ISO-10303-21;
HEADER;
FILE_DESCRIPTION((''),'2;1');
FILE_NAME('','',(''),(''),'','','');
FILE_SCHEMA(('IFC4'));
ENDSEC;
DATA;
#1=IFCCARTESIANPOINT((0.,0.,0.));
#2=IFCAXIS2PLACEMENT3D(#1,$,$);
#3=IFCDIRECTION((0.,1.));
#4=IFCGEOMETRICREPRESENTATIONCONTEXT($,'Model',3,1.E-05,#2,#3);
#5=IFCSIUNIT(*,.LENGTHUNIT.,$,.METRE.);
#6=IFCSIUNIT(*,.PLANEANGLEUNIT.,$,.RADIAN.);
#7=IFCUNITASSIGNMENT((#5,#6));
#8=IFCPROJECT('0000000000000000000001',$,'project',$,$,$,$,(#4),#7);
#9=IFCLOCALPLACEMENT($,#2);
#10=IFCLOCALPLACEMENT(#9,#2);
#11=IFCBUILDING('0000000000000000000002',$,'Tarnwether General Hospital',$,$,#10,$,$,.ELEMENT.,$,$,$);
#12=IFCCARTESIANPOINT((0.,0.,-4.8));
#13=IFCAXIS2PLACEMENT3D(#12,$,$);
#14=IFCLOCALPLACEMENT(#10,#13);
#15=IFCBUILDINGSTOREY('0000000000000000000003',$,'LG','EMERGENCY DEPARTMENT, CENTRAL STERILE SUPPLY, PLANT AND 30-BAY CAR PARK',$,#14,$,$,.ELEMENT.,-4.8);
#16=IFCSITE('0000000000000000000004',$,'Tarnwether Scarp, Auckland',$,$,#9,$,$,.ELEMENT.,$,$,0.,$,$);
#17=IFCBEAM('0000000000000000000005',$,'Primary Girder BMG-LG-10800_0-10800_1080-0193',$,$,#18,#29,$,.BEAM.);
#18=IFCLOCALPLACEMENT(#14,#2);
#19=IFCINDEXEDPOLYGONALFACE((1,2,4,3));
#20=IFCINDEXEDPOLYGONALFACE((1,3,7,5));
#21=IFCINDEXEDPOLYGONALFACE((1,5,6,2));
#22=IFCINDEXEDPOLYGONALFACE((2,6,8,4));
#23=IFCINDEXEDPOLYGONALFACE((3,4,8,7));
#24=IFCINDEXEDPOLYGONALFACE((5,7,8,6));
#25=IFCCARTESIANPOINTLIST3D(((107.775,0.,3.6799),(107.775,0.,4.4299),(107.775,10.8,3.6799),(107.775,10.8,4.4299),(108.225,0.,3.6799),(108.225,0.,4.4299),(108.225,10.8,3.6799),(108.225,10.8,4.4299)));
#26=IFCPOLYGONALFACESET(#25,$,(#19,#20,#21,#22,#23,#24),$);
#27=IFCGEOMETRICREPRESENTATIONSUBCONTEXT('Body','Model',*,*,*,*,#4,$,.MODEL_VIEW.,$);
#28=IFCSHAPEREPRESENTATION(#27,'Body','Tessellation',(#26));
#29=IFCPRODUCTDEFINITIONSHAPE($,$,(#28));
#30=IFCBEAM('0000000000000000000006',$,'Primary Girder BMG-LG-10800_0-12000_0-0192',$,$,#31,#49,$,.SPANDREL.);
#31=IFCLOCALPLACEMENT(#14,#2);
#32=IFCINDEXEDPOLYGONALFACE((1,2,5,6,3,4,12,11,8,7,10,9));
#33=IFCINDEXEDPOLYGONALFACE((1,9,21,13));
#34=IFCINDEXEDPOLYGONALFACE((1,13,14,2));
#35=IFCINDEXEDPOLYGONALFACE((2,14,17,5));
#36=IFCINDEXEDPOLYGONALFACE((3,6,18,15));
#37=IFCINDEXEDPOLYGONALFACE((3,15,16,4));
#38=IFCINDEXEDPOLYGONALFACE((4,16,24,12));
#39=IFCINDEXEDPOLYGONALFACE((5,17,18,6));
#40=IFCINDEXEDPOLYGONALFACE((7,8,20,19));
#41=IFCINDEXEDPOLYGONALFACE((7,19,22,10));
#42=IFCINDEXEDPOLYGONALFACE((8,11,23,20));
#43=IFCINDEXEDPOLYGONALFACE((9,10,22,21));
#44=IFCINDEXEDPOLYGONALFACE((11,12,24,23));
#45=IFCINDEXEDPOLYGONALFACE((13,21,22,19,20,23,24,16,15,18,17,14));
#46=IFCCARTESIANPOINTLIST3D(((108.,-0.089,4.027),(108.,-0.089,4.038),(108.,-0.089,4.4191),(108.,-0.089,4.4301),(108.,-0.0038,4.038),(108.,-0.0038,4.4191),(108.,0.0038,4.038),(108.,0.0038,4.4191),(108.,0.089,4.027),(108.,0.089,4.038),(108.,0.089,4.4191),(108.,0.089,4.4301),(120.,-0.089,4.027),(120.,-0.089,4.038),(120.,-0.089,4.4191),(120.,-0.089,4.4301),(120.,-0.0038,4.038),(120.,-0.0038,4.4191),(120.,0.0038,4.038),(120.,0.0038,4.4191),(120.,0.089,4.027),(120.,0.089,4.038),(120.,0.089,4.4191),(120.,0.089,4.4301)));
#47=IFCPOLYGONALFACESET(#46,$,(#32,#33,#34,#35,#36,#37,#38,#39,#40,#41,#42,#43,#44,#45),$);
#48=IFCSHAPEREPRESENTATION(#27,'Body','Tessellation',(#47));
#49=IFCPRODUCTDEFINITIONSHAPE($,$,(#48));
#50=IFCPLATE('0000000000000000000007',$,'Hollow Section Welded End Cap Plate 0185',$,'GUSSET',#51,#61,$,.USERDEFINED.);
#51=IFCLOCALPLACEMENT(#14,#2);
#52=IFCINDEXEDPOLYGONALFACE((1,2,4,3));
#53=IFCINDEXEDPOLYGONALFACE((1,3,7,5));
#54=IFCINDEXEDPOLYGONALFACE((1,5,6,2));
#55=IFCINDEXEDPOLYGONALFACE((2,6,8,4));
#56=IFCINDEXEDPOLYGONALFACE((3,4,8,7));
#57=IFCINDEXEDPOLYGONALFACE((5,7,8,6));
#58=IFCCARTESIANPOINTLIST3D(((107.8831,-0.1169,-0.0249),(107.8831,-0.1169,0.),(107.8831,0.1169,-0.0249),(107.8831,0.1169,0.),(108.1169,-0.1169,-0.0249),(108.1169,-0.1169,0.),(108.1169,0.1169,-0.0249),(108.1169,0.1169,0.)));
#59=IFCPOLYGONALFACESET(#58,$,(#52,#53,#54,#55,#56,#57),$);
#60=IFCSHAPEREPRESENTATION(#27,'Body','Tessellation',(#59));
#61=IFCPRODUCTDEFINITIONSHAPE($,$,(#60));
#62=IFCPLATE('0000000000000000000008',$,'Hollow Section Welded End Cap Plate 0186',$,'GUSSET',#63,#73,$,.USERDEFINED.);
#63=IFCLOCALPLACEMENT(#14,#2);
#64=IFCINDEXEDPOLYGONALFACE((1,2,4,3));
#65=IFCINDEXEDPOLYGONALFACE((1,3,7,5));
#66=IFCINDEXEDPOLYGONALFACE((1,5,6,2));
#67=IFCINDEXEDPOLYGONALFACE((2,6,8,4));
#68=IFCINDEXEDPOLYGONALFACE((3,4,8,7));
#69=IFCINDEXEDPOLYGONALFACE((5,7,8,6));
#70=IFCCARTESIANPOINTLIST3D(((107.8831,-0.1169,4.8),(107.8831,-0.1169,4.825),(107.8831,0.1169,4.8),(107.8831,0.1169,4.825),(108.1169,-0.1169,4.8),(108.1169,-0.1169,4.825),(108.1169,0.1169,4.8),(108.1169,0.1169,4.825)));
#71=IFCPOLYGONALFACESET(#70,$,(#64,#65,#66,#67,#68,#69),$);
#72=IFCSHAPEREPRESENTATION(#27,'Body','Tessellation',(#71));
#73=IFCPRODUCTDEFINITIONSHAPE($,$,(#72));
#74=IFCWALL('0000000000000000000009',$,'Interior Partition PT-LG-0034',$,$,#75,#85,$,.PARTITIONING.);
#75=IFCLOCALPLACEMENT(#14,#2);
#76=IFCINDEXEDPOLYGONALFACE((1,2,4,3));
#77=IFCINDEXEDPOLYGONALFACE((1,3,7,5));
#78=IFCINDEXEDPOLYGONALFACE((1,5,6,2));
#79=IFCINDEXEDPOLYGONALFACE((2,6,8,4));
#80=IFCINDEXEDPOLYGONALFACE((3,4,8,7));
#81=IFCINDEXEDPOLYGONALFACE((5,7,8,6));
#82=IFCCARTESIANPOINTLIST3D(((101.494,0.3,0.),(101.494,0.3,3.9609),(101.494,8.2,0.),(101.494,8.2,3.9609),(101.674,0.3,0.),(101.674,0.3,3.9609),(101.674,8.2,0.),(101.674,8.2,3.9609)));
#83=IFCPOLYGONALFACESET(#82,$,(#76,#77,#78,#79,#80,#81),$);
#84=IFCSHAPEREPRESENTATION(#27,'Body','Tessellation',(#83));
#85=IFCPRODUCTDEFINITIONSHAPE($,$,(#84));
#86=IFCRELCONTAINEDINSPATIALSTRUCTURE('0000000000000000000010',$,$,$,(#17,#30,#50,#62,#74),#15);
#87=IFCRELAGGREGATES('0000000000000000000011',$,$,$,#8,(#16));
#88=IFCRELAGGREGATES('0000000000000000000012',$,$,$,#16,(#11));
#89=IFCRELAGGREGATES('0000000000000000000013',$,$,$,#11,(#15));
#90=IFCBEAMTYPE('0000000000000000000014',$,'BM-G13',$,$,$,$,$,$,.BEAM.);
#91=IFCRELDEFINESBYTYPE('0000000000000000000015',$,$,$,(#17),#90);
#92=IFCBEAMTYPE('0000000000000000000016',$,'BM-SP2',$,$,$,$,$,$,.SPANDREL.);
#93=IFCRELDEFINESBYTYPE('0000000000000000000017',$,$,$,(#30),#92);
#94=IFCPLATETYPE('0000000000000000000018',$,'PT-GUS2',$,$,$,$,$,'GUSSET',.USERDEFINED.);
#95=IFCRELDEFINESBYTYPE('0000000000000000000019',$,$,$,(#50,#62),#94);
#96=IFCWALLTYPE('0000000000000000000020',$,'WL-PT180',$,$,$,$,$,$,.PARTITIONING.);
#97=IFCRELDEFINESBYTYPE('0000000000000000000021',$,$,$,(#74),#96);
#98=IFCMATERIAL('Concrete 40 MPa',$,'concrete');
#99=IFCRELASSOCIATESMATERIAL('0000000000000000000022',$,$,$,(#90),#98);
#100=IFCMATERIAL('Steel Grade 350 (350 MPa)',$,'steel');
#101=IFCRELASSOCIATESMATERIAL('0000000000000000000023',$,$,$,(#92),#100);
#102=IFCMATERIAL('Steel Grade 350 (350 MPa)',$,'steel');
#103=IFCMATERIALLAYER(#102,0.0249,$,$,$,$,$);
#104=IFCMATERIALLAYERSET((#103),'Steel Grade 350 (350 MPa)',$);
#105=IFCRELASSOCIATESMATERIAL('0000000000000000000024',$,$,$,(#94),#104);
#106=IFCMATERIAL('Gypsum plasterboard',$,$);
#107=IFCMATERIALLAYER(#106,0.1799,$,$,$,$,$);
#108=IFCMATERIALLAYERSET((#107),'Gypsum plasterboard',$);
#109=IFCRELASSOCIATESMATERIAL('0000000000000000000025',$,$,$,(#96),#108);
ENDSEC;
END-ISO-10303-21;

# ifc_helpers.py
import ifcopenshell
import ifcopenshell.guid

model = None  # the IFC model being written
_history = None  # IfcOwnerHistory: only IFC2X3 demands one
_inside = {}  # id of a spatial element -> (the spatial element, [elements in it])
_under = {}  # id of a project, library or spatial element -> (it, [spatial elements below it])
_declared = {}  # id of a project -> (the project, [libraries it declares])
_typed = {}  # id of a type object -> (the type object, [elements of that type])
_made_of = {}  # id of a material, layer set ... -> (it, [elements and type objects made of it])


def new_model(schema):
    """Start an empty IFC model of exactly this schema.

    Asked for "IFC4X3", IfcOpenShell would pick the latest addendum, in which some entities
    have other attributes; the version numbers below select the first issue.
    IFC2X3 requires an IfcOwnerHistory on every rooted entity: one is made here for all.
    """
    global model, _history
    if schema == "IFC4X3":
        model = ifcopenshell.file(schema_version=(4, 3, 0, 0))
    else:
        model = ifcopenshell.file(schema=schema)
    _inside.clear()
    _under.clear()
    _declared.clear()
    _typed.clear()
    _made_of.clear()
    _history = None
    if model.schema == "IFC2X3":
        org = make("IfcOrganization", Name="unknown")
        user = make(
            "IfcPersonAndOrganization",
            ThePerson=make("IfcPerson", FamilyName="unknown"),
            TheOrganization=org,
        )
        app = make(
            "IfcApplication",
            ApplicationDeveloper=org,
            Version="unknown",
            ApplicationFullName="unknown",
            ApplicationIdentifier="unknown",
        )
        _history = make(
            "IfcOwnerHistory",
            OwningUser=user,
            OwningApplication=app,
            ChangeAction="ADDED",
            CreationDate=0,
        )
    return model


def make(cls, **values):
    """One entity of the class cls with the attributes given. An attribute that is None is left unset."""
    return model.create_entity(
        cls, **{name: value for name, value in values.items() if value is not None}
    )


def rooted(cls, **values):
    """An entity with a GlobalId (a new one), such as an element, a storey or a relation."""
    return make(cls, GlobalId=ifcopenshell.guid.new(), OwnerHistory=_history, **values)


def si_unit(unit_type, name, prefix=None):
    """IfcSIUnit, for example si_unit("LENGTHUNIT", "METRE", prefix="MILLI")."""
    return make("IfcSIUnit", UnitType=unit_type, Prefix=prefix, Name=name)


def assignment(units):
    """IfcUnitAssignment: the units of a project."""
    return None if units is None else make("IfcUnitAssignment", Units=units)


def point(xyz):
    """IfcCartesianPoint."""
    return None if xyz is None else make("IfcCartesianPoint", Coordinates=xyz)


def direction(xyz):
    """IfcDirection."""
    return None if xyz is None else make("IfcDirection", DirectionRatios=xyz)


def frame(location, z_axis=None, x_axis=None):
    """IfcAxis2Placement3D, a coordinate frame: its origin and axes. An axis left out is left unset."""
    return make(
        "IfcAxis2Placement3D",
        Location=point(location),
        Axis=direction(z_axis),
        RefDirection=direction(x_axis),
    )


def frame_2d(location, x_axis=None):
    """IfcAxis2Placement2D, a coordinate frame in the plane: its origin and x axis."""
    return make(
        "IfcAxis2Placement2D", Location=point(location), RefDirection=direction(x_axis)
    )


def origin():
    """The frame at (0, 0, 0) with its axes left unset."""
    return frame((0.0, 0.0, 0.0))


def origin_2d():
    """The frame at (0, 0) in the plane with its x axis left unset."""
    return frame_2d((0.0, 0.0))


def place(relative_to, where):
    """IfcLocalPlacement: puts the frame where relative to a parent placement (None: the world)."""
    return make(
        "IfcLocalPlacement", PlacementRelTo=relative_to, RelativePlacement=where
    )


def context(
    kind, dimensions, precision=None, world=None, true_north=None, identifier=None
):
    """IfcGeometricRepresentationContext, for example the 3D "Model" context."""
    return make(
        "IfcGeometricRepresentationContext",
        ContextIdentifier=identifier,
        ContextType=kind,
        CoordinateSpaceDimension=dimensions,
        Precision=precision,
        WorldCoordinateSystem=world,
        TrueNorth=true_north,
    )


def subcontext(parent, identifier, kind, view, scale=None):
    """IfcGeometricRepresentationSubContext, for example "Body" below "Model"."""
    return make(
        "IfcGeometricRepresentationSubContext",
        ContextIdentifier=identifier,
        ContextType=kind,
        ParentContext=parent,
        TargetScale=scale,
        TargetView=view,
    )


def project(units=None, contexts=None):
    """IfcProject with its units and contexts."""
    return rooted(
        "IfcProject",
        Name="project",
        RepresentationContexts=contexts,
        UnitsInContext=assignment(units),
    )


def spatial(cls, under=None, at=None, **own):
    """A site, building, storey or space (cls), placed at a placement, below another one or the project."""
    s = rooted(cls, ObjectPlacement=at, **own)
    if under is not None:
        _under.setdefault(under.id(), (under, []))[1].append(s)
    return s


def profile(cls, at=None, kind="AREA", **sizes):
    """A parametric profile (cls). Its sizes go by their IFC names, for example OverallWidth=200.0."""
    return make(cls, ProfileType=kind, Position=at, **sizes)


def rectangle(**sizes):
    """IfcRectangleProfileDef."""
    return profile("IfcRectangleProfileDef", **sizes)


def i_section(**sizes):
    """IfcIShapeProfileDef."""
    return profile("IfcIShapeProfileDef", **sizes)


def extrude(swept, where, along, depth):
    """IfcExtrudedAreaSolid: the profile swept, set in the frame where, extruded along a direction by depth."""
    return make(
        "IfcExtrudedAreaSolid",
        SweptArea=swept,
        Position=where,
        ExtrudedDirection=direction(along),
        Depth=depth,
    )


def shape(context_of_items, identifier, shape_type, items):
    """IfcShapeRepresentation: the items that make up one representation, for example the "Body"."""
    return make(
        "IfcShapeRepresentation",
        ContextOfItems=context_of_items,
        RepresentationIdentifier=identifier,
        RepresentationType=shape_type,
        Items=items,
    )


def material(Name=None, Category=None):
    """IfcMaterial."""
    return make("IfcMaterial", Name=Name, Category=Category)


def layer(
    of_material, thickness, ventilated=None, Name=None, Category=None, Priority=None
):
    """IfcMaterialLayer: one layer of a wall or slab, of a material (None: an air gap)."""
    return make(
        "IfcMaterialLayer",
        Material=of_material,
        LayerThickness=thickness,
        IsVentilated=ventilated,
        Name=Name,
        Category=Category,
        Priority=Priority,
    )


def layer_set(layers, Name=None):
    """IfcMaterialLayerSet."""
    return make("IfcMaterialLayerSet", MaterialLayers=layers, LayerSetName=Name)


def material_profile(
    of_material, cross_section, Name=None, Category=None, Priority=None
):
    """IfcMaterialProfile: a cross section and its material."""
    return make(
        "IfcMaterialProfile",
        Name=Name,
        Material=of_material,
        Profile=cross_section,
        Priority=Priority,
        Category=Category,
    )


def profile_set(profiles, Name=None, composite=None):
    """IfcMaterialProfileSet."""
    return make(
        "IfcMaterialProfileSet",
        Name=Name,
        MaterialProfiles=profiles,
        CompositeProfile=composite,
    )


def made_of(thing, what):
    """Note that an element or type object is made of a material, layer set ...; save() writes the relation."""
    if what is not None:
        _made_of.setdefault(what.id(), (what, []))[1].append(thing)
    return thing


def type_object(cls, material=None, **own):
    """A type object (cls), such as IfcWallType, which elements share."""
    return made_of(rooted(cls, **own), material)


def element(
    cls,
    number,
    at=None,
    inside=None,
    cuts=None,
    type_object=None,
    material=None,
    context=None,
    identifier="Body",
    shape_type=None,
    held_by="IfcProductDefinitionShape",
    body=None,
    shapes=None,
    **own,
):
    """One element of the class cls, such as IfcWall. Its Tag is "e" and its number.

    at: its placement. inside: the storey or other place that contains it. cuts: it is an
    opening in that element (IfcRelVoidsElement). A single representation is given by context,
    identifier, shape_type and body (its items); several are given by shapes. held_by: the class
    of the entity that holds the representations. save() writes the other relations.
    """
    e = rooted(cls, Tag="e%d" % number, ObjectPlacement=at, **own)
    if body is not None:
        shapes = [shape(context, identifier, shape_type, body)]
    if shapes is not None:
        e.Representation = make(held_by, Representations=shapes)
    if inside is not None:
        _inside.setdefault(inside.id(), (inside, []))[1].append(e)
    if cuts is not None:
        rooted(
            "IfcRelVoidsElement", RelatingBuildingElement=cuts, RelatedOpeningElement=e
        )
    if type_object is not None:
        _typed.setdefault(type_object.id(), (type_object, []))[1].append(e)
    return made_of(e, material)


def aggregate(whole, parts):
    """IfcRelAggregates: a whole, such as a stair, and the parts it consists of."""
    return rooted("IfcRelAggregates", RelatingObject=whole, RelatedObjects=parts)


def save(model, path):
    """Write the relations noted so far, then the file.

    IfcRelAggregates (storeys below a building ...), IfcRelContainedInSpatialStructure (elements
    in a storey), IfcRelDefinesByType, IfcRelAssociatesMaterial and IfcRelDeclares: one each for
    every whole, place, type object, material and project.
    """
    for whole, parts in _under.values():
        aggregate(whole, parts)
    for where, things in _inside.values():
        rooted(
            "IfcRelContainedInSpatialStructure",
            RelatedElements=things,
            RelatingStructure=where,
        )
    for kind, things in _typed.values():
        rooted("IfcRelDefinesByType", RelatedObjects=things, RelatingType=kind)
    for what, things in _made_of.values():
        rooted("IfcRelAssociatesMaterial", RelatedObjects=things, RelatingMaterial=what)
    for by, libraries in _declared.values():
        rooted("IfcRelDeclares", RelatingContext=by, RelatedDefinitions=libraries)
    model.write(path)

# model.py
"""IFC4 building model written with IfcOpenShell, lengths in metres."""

from ifc_helpers import new_model, si_unit, direction, frame, frame_2d, origin, origin_2d, place, context, subcontext, project, spatial, rectangle, i_section, extrude, material, layer, layer_set, material_profile, profile_set, type_object, element, save


model = new_model("IFC4")

# Units and contexts
model_context = context("Model", 3, precision=1e-05, world=origin(), true_north=direction((0.0, 1.0)))
body_context = subcontext(model_context, "Body", "Model", "MODEL_VIEW")
ifc_project = project(units=[si_unit("LENGTHUNIT", "METRE"), si_unit("PLANEANGLEUNIT", "RADIAN")], contexts=[model_context])

# Site, building, storey
site_placement = place(None, origin())
site = spatial("IfcSite", under=ifc_project, at=site_placement, Name="Tarnwether Scarp, Auckland", CompositionType="ELEMENT", RefElevation=0.0)
building_placement = place(site_placement, origin())
building = spatial("IfcBuilding", under=site, at=building_placement, Name="Tarnwether General Hospital", CompositionType="ELEMENT")
storey_placement = place(building_placement, frame((0.0, 0.0, -4.8)))
storey = spatial("IfcBuildingStorey", under=building, at=storey_placement, Name="LG", Description="EMERGENCY DEPARTMENT, CENTRAL STERILE SUPPLY, PLANT AND 30-BAY CAR PARK", CompositionType="ELEMENT", Elevation=-4.8)

# Beams
ifc_material_1 = material(Name="Concrete 40 MPa", Category="concrete")
ifc_material_profile_1 = material_profile(ifc_material_1, rectangle(XDim=0.45, YDim=0.75, at=origin_2d()), Name="RC-BM-450x750")
ifc_profile_set_1 = profile_set([ifc_material_profile_1], Name="Concrete 40 MPa")
beam_type_1 = type_object("IfcBeamType", Name="BM-G13", PredefinedType="BEAM", material=ifc_profile_set_1)
beam_1_placement = place(storey_placement, frame((108.0, 0.0, 4.0549), z_axis=(0.0, 1.0, 0.0), x_axis=(-1.0, 0.0, 0.0)))
element("IfcBeam", 1, at=beam_1_placement, inside=storey, type_object=beam_type_1, Name="Primary Girder BMG-LG-10800_0-10800_1080-0193", PredefinedType="BEAM", context=body_context, shape_type="SweptSolid", body=[
    extrude(rectangle(XDim=0.45, YDim=0.75, at=origin_2d()), origin(), (0.0, 0.0, 1.0), 10.8),
])
ifc_material_2 = material(Name="Steel Grade 350 (350 MPa)", Category="steel")
ifc_material_profile_2 = material_profile(ifc_material_2, i_section(OverallWidth=0.178, OverallDepth=0.4031, WebThickness=0.0076, FlangeThickness=0.011, at=origin_2d()), Name="410UB53.7")
ifc_profile_set_2 = profile_set([ifc_material_profile_2], Name="Steel Grade 350 (350 MPa)")
beam_type_2 = type_object("IfcBeamType", Name="BM-SP2", PredefinedType="SPANDREL", material=ifc_profile_set_2)
beam_2_placement = place(storey_placement, frame((108.0, 0.0, 4.2285), z_axis=(1.0, 0.0, 0.0), x_axis=(0.0, 1.0, 0.0)))
element("IfcBeam", 2, at=beam_2_placement, inside=storey, type_object=beam_type_2, Name="Primary Girder BMG-LG-10800_0-12000_0-0192", PredefinedType="SPANDREL", context=body_context, shape_type="SweptSolid", body=[
    extrude(i_section(OverallWidth=0.178, OverallDepth=0.4031, WebThickness=0.0076, FlangeThickness=0.011, at=origin_2d()), origin(), (0.0, 0.0, 1.0), 12.0),
])

# Plates
ifc_material_3 = material(Name="Steel Grade 350 (350 MPa)", Category="steel")
ifc_layer_1 = layer(ifc_material_3, 0.0249)
ifc_layer_set_1 = layer_set([ifc_layer_1], Name="Steel Grade 350 (350 MPa)")
plate_type = type_object("IfcPlateType", Name="PT-GUS2", ElementType="GUSSET", PredefinedType="USERDEFINED", material=ifc_layer_set_1)
for number, where, z_axis, x_axis, name in (
    (3, (108.0, 0.0, -0.0249), (0.0, 0.0, 1.0), (1.0, 0.0, 0.0), "Hollow Section Welded End Cap Plate 0185"),
    (4, (108.0, 0.0, 4.8), (0.0, 0.0, 1.0), (1.0, 0.0, 0.0), "Hollow Section Welded End Cap Plate 0186"),
):
    element("IfcPlate", number, at=place(storey_placement, frame(where, z_axis=z_axis, x_axis=x_axis)), inside=storey, type_object=plate_type, Name=name, ObjectType="GUSSET", PredefinedType="USERDEFINED", context=body_context, shape_type="SweptSolid", body=[
        extrude(rectangle(XDim=0.2339, YDim=0.2339, at=origin_2d()), origin(), (0.0, 0.0, 1.0), 0.0249),
    ])

# Wall
ifc_material_4 = material(Name="Gypsum plasterboard")
ifc_layer_2 = layer(ifc_material_4, 0.1799)
ifc_layer_set_2 = layer_set([ifc_layer_2], Name="Gypsum plasterboard")
wall_type = type_object("IfcWallType", Name="WL-PT180", PredefinedType="PARTITIONING", material=ifc_layer_set_2)
wall_placement = place(storey_placement, frame((101.584, 0.3, 0.0), z_axis=(0.0, 0.0, 1.0), x_axis=(0.0, 1.0, 0.0)))
element("IfcWall", 5, at=wall_placement, inside=storey, type_object=wall_type, Name="Interior Partition PT-LG-0034", PredefinedType="PARTITIONING", context=body_context, shape_type="SweptSolid", body=[
    extrude(rectangle(XDim=7.8999, YDim=0.1799, at=frame_2d((3.95, 0.0))), origin(), (0.0, 0.0, 1.0), 3.9609),
])

save(model, "model.ifc")
